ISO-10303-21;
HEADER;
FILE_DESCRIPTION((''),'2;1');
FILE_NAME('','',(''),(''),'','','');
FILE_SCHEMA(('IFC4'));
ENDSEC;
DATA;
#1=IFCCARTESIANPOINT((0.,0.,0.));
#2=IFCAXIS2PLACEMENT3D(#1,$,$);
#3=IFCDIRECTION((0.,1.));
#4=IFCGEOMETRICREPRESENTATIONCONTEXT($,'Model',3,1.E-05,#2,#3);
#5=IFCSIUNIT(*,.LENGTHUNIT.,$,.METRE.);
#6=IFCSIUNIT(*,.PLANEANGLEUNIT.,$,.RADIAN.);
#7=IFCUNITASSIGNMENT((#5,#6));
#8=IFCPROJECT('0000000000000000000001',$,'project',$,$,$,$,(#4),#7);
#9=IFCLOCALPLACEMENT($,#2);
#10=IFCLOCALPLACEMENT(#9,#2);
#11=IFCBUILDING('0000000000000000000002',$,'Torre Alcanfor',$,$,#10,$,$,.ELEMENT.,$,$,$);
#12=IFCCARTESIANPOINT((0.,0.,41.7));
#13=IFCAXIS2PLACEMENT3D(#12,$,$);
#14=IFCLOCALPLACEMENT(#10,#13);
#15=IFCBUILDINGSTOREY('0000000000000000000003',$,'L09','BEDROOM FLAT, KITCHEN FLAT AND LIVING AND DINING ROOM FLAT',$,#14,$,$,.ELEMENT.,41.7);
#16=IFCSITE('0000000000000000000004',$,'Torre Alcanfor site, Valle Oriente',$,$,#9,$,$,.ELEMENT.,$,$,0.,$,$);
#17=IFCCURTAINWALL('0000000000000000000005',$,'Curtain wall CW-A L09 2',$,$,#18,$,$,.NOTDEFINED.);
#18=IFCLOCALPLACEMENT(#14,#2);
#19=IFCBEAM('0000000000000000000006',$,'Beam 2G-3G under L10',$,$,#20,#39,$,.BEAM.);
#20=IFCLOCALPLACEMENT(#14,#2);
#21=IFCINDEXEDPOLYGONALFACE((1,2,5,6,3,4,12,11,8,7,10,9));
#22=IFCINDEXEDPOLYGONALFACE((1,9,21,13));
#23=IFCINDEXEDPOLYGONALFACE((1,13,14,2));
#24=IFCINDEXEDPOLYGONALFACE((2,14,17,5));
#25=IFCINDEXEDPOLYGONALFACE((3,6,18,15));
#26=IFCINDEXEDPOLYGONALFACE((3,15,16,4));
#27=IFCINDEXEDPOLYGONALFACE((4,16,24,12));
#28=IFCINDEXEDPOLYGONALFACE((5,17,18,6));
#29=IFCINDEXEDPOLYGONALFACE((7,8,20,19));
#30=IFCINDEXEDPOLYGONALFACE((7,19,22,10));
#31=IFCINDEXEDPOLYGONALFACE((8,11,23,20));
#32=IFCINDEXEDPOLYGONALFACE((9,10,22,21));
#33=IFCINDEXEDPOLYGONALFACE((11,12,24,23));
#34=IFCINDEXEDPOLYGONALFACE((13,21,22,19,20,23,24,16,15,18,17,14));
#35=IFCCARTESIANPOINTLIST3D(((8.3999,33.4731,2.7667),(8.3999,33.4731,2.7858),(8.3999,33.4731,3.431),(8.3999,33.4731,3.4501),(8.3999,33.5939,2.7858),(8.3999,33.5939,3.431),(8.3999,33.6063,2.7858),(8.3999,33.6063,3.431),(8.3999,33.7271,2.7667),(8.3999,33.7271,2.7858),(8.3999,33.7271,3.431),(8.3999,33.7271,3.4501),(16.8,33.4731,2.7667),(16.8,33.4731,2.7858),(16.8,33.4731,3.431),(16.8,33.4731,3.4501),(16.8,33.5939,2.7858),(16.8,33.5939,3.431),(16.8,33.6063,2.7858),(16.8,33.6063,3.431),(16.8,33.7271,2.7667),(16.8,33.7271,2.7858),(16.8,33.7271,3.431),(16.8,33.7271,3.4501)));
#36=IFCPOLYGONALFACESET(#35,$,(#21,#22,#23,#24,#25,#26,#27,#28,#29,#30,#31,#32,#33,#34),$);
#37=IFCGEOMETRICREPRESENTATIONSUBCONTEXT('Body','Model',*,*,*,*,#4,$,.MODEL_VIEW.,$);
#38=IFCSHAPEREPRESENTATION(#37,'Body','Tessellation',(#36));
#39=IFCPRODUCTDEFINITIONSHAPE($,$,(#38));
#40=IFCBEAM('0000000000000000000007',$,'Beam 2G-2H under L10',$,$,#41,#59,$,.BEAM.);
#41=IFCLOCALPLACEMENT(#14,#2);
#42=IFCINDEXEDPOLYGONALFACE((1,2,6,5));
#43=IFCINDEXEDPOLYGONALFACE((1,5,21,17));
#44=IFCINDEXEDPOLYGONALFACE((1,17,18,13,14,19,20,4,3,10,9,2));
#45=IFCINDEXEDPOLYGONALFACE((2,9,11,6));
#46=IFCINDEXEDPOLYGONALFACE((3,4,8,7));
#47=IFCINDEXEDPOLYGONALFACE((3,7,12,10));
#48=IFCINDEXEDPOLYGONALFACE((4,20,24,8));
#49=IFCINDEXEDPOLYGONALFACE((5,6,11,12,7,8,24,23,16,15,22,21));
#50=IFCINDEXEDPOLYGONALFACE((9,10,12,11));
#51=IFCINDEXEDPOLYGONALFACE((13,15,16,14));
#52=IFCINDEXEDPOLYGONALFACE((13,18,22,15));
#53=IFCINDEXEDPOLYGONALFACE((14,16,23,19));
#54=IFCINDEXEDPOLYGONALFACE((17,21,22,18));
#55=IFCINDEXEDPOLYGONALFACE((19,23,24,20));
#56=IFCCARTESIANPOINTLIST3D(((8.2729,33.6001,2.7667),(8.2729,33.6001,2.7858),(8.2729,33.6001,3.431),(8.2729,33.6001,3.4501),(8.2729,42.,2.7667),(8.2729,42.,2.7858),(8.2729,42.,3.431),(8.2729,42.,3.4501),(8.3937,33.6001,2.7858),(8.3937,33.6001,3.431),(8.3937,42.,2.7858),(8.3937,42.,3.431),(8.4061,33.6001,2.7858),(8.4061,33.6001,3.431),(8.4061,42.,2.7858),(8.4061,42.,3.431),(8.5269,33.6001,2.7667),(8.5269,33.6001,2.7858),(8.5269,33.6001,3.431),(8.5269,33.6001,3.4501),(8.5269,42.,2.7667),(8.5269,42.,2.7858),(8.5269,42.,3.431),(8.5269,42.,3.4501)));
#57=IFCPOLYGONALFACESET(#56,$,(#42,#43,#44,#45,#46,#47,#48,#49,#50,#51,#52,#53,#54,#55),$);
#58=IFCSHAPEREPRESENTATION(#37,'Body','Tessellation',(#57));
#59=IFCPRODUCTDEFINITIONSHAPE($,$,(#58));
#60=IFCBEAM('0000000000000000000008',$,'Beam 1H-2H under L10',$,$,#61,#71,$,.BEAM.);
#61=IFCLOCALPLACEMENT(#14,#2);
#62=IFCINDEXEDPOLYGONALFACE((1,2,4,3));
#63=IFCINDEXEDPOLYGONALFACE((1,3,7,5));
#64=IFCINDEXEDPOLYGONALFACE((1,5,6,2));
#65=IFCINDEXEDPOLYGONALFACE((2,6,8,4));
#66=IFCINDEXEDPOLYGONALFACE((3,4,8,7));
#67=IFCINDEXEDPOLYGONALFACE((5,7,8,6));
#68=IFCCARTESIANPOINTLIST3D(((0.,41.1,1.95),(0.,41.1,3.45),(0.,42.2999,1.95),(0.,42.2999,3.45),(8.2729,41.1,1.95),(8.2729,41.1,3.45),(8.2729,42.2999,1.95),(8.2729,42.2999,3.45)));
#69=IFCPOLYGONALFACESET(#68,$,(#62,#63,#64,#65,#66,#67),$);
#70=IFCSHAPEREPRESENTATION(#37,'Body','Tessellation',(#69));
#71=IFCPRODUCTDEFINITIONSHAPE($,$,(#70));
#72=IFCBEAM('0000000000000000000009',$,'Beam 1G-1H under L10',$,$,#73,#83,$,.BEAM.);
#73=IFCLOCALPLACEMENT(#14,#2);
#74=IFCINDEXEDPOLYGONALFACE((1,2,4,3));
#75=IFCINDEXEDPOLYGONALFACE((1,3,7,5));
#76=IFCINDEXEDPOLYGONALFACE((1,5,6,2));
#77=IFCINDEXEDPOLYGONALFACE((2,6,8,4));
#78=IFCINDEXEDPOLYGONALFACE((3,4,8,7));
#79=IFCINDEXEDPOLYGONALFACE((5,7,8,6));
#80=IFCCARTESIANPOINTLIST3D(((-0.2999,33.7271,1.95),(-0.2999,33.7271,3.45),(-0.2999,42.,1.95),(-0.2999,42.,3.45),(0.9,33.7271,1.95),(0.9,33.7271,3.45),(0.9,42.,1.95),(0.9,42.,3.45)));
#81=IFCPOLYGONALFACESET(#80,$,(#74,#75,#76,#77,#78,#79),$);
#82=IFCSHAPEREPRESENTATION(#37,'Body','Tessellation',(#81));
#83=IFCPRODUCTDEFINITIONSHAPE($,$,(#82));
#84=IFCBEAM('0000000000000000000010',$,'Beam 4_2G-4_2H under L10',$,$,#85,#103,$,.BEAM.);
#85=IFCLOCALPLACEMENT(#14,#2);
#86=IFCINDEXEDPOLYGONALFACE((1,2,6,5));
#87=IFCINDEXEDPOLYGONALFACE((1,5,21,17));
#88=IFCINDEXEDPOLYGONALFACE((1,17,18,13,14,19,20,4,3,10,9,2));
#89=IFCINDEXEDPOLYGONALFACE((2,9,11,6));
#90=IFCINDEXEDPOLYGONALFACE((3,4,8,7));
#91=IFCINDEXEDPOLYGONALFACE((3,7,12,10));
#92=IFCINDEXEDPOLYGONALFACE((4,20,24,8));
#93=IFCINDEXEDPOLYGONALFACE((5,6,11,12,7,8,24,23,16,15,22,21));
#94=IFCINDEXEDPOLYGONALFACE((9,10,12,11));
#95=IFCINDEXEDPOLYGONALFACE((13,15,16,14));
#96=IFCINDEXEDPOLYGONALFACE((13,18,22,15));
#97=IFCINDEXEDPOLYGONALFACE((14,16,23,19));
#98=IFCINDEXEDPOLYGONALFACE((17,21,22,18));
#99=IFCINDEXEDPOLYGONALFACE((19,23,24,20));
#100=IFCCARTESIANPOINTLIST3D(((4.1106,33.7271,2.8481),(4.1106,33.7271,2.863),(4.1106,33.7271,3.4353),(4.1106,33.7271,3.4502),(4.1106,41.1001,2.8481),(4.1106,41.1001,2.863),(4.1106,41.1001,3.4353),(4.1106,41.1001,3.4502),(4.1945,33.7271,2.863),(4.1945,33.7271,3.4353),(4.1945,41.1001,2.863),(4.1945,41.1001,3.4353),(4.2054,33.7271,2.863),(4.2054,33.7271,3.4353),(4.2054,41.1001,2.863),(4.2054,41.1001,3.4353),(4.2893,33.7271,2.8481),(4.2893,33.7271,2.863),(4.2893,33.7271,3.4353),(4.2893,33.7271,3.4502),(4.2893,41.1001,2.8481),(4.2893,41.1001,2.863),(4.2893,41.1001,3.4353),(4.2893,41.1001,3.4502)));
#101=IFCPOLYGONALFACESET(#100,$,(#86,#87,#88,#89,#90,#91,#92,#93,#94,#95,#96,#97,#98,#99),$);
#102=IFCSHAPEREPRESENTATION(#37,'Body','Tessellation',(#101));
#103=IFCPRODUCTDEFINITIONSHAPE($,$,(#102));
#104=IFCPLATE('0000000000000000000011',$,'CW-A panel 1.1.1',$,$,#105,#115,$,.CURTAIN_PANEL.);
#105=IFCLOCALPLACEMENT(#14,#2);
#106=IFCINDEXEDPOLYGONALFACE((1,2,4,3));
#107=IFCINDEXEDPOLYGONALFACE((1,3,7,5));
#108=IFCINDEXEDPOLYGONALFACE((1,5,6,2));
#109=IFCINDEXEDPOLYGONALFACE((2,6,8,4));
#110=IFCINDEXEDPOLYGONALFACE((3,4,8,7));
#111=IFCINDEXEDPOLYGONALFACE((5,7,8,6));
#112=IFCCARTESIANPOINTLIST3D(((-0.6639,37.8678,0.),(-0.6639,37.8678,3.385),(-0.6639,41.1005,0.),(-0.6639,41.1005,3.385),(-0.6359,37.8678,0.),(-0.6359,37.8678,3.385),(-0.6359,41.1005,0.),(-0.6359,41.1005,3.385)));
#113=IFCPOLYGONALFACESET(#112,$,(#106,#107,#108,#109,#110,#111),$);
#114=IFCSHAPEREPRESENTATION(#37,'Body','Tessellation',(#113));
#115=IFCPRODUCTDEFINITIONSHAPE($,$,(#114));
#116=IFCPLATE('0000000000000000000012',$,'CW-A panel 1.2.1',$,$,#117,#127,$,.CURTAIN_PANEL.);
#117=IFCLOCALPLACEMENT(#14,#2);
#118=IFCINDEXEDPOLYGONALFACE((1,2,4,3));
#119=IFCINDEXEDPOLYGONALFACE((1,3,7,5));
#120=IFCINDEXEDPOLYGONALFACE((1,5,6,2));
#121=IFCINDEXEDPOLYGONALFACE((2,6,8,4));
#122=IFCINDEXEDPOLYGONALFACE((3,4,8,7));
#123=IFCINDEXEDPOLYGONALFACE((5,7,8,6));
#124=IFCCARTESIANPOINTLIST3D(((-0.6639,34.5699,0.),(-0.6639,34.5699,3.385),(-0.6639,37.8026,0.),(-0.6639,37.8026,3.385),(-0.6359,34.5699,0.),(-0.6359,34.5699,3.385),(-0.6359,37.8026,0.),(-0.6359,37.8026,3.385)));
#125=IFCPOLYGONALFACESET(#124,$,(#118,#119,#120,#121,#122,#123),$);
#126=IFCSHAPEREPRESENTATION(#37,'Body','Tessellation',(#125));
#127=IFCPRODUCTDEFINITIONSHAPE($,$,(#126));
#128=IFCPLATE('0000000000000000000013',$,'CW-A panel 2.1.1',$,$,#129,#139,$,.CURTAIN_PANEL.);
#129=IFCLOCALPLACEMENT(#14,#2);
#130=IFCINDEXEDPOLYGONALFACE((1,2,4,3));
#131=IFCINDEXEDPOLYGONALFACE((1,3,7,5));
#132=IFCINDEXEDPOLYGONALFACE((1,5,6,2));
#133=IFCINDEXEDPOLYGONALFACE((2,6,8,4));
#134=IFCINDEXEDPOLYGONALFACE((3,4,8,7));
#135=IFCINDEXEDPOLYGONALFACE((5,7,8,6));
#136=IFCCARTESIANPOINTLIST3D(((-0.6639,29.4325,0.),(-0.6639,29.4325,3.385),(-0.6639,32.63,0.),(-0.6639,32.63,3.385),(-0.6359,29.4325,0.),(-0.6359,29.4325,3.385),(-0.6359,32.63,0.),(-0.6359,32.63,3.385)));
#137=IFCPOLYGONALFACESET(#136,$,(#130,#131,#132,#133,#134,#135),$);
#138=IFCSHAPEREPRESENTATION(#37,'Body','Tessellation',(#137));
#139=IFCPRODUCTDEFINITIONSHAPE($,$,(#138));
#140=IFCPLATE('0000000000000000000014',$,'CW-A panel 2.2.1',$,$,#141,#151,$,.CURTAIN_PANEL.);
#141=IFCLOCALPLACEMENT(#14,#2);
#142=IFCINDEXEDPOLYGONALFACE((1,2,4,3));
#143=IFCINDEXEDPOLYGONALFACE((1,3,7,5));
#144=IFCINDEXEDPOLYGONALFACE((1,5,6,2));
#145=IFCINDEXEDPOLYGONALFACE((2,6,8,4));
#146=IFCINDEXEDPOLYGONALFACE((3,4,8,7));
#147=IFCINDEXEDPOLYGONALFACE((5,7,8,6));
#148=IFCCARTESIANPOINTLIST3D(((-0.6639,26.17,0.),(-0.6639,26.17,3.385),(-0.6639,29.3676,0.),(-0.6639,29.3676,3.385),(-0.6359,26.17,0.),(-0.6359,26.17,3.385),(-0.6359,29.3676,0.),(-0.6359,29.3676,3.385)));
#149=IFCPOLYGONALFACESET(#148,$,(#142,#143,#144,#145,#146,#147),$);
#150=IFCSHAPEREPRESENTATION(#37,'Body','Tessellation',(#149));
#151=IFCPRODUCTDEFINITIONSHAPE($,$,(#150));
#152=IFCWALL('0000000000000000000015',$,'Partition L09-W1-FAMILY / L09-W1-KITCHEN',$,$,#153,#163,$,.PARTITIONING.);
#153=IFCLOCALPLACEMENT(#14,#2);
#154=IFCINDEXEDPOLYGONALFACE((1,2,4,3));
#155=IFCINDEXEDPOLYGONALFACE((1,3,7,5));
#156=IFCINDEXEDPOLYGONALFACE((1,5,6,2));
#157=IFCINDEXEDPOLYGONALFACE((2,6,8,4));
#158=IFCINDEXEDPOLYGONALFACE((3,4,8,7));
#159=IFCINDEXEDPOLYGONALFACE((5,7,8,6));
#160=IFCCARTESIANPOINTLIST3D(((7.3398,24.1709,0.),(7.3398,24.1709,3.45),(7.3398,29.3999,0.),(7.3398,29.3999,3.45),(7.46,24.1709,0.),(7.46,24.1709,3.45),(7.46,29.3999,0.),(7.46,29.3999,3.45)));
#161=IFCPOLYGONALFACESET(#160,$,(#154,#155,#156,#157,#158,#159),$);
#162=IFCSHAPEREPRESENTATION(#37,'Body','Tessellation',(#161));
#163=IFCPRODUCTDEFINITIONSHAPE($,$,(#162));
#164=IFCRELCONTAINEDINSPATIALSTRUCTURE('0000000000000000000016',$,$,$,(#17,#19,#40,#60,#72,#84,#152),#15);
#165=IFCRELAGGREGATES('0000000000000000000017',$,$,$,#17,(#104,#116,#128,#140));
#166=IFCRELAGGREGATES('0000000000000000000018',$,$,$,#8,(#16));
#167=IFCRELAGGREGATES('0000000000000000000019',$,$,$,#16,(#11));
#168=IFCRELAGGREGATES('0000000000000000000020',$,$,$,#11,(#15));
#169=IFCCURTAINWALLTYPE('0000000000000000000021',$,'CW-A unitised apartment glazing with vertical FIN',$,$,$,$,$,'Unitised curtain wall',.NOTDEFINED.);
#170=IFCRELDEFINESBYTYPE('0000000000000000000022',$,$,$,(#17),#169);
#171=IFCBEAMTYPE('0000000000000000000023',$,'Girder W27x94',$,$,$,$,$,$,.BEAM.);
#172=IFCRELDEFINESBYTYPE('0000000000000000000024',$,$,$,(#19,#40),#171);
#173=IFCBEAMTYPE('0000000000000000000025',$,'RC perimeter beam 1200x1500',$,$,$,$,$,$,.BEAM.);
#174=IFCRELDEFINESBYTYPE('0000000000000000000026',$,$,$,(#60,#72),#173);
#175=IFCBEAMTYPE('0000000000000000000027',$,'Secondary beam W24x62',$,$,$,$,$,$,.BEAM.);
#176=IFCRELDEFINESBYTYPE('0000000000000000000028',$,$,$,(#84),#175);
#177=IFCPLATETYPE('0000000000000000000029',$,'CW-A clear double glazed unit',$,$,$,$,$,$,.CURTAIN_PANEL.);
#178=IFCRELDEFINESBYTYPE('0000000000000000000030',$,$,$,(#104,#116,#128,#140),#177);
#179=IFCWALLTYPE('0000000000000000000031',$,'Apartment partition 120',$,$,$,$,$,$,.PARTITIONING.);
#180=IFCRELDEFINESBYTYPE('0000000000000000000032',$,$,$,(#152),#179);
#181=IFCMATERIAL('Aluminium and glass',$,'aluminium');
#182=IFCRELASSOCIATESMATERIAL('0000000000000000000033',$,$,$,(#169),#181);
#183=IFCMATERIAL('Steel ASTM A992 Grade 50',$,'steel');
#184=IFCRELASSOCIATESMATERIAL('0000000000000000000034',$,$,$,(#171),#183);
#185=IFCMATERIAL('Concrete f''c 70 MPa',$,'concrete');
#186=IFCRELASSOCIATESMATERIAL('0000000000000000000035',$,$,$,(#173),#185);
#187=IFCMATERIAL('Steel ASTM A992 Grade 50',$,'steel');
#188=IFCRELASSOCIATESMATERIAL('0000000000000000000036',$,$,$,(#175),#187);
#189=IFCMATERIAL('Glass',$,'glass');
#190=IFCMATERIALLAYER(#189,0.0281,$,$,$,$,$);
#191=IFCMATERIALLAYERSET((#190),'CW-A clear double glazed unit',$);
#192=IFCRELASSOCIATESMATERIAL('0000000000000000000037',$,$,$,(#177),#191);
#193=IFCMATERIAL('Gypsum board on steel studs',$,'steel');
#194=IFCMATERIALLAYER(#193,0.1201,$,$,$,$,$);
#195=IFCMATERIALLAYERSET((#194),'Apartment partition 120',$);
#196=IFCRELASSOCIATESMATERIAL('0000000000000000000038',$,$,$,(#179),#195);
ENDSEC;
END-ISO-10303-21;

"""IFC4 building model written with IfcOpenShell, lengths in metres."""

from ifc_helpers import new_model, si_unit, direction, frame, frame_2d, origin, origin_2d, place, context, subcontext, project, spatial, rectangle, i_section, extrude, material, layer, layer_set, material_profile, profile_set, type_object, element, aggregate, save


model = new_model("IFC4")

# Units and contexts
model_context = context("Model", 3, precision=1e-05, world=origin(), true_north=direction((0.0, 1.0)))
body_context = subcontext(model_context, "Body", "Model", "MODEL_VIEW")
ifc_project = project(units=[si_unit("LENGTHUNIT", "METRE"), si_unit("PLANEANGLEUNIT", "RADIAN")], contexts=[model_context])

# Site, building, storey
site_placement = place(None, origin())
site = spatial("IfcSite", under=ifc_project, at=site_placement, Name="Torre Alcanfor site, Valle Oriente", CompositionType="ELEMENT", RefElevation=0.0)
building_placement = place(site_placement, origin())
building = spatial("IfcBuilding", under=site, at=building_placement, Name="Torre Alcanfor", CompositionType="ELEMENT")
storey_placement = place(building_placement, frame((0.0, 0.0, 41.7)))
storey = spatial("IfcBuildingStorey", under=building, at=storey_placement, Name="L09", Description="BEDROOM FLAT, KITCHEN FLAT AND LIVING AND DINING ROOM FLAT", CompositionType="ELEMENT", Elevation=41.7)

# Curtain wall
ifc_material_1 = material(Name="Aluminium and glass", Category="aluminium")
curtain_wall_type = type_object("IfcCurtainWallType", Name="CW-A unitised apartment glazing with vertical FIN", ElementType="Unitised curtain wall", PredefinedType="NOTDEFINED", material=ifc_material_1)
curtain_wall_placement = place(storey_placement, origin())
curtain_wall = element("IfcCurtainWall", 1, at=curtain_wall_placement, inside=storey, type_object=curtain_wall_type, Name="Curtain wall CW-A L09 2", PredefinedType="NOTDEFINED")

# Beams
ifc_material_2 = material(Name="Steel ASTM A992 Grade 50", Category="steel")
ifc_material_profile_1 = material_profile(ifc_material_2, i_section(OverallWidth=0.2539, OverallDepth=0.6833, WebThickness=0.0125, FlangeThickness=0.019, at=origin_2d()), Name="W27x94")
ifc_profile_set_1 = profile_set([ifc_material_profile_1], Name="Steel ASTM A992 Grade 50")
beam_type_1 = type_object("IfcBeamType", Name="Girder W27x94", PredefinedType="BEAM", material=ifc_profile_set_1)
beam_1_placement = place(storey_placement, frame((8.3999, 33.6001, 3.1084), z_axis=(1.0, 0.0, 0.0), x_axis=(0.0, 1.0, 0.0)))
element("IfcBeam", 2, at=beam_1_placement, inside=storey, type_object=beam_type_1, Name="Beam 2G-3G under L10", PredefinedType="BEAM", context=body_context, shape_type="SweptSolid", body=[
    extrude(i_section(OverallWidth=0.2539, OverallDepth=0.6833, WebThickness=0.0125, FlangeThickness=0.019, at=origin_2d()), origin(), (0.0, 0.0, 1.0), 8.4001),
])
beam_2_placement = place(storey_placement, frame((8.3999, 33.6001, 3.1084), z_axis=(0.0, 1.0, 0.0), x_axis=(-1.0, 0.0, 0.0)))
element("IfcBeam", 3, at=beam_2_placement, inside=storey, type_object=beam_type_1, Name="Beam 2G-2H under L10", PredefinedType="BEAM", context=body_context, shape_type="SweptSolid", body=[
    extrude(i_section(OverallWidth=0.2539, OverallDepth=0.6833, WebThickness=0.0125, FlangeThickness=0.019, at=origin_2d()), origin(), (0.0, 0.0, 1.0), 8.3999),
])
ifc_material_3 = material(Name="Concrete f'c 70 MPa", Category="concrete")
ifc_material_profile_2 = material_profile(ifc_material_3, rectangle(XDim=1.2, YDim=1.5, at=origin_2d()), Name="1200x1500")
ifc_profile_set_2 = profile_set([ifc_material_profile_2], Name="Concrete f'c 70 MPa")
beam_type_2 = type_object("IfcBeamType", Name="RC perimeter beam 1200x1500", PredefinedType="BEAM", material=ifc_profile_set_2)
for number, where, z_axis, x_axis, name in (
    (4, (0.0, 41.7, 2.7), (1.0, 0.0, 0.0), (0.0, 1.0, 0.0), "Beam 1H-2H under L10"),
    (5, (0.3, 33.7271, 2.7), (0.0, 1.0, 0.0), (-1.0, 0.0, 0.0), "Beam 1G-1H under L10"),
):
    element("IfcBeam", number, at=place(storey_placement, frame(where, z_axis=z_axis, x_axis=x_axis)), inside=storey, type_object=beam_type_2, Name=name, PredefinedType="BEAM", context=body_context, shape_type="SweptSolid", body=[
        extrude(rectangle(XDim=1.2, YDim=1.5, at=origin_2d()), origin(), (0.0, 0.0, 1.0), 8.2729),
    ])
ifc_material_4 = material(Name="Steel ASTM A992 Grade 50", Category="steel")
ifc_material_profile_3 = material_profile(ifc_material_4, i_section(OverallWidth=0.1787, OverallDepth=0.6021, WebThickness=0.011, FlangeThickness=0.0149, at=origin_2d()), Name="W24x62")
ifc_profile_set_3 = profile_set([ifc_material_profile_3], Name="Steel ASTM A992 Grade 50")
beam_type_3 = type_object("IfcBeamType", Name="Secondary beam W24x62", PredefinedType="BEAM", material=ifc_profile_set_3)
beam_3_placement = place(storey_placement, frame((4.2, 33.7271, 3.1492), z_axis=(0.0, 1.0, 0.0), x_axis=(-1.0, 0.0, 0.0)))
element("IfcBeam", 6, at=beam_3_placement, inside=storey, type_object=beam_type_3, Name="Beam 4_2G-4_2H under L10", PredefinedType="BEAM", context=body_context, shape_type="SweptSolid", body=[
    extrude(i_section(OverallWidth=0.1787, OverallDepth=0.6021, WebThickness=0.011, FlangeThickness=0.0149, at=origin_2d()), origin(), (0.0, 0.0, 1.0), 7.373),
])

# Plates
ifc_material_5 = material(Name="Glass", Category="glass")
ifc_layer_1 = layer(ifc_material_5, 0.0281)
ifc_layer_set_1 = layer_set([ifc_layer_1], Name="CW-A clear double glazed unit")
plate_type = type_object("IfcPlateType", Name="CW-A clear double glazed unit", PredefinedType="CURTAIN_PANEL", material=ifc_layer_set_1)
plate_1_placement = place(storey_placement, frame((-0.6499, 39.4841, 0.0), z_axis=(0.0, 0.0, 1.0), x_axis=(0.0, -1.0, 0.0)))
plate_1 = element("IfcPlate", 7, at=plate_1_placement, type_object=plate_type, Name="CW-A panel 1.1.1", PredefinedType="CURTAIN_PANEL", context=body_context, shape_type="SweptSolid", body=[
    extrude(rectangle(XDim=3.2327, YDim=0.0281, at=origin_2d()), origin(), (0.0, 0.0, 1.0), 3.385),
])
plate_2_placement = place(storey_placement, frame((-0.6499, 36.1863, 0.0), z_axis=(0.0, 0.0, 1.0), x_axis=(0.0, -1.0, 0.0)))
plate_2 = element("IfcPlate", 8, at=plate_2_placement, type_object=plate_type, Name="CW-A panel 1.2.1", PredefinedType="CURTAIN_PANEL", context=body_context, shape_type="SweptSolid", body=[
    extrude(rectangle(XDim=3.2327, YDim=0.0281, at=origin_2d()), origin(), (0.0, 0.0, 1.0), 3.385),
])
plate_3_placement = place(storey_placement, frame((-0.6499, 31.0312, 0.0), z_axis=(0.0, 0.0, 1.0), x_axis=(0.0, -1.0, 0.0)))
plate_3 = element("IfcPlate", 9, at=plate_3_placement, type_object=plate_type, Name="CW-A panel 2.1.1", PredefinedType="CURTAIN_PANEL", context=body_context, shape_type="SweptSolid", body=[
    extrude(rectangle(XDim=3.1975, YDim=0.0281, at=origin_2d()), origin(), (0.0, 0.0, 1.0), 3.385),
])
plate_4_placement = place(storey_placement, frame((-0.6499, 27.7688, 0.0), z_axis=(0.0, 0.0, 1.0), x_axis=(0.0, -1.0, 0.0)))
plate_4 = element("IfcPlate", 10, at=plate_4_placement, type_object=plate_type, Name="CW-A panel 2.2.1", PredefinedType="CURTAIN_PANEL", context=body_context, shape_type="SweptSolid", body=[
    extrude(rectangle(XDim=3.1975, YDim=0.0281, at=origin_2d()), origin(), (0.0, 0.0, 1.0), 3.385),
])
aggregate(curtain_wall, [plate_1, plate_2, plate_3, plate_4])

# Wall
ifc_material_6 = material(Name="Gypsum board on steel studs", Category="steel")
ifc_layer_2 = layer(ifc_material_6, 0.1201)
ifc_layer_set_2 = layer_set([ifc_layer_2], Name="Apartment partition 120")
wall_type_1 = type_object("IfcWallType", Name="Apartment partition 120", PredefinedType="PARTITIONING", material=ifc_layer_set_2)
wall_1_placement = place(storey_placement, frame((7.3999, 29.3999, 0.0), z_axis=(0.0, 0.0, 1.0), x_axis=(0.0, -1.0, 0.0)))
element("IfcWall", 11, at=wall_1_placement, inside=storey, type_object=wall_type_1, Name="Partition L09-W1-FAMILY / L09-W1-KITCHEN", PredefinedType="PARTITIONING", context=body_context, shape_type="SweptSolid", body=[
    extrude(rectangle(XDim=5.229, YDim=0.1201, at=frame_2d((2.6145, 0.0))), origin(), (0.0, 0.0, 1.0), 3.45),
])

save(model, "model.ifc")
